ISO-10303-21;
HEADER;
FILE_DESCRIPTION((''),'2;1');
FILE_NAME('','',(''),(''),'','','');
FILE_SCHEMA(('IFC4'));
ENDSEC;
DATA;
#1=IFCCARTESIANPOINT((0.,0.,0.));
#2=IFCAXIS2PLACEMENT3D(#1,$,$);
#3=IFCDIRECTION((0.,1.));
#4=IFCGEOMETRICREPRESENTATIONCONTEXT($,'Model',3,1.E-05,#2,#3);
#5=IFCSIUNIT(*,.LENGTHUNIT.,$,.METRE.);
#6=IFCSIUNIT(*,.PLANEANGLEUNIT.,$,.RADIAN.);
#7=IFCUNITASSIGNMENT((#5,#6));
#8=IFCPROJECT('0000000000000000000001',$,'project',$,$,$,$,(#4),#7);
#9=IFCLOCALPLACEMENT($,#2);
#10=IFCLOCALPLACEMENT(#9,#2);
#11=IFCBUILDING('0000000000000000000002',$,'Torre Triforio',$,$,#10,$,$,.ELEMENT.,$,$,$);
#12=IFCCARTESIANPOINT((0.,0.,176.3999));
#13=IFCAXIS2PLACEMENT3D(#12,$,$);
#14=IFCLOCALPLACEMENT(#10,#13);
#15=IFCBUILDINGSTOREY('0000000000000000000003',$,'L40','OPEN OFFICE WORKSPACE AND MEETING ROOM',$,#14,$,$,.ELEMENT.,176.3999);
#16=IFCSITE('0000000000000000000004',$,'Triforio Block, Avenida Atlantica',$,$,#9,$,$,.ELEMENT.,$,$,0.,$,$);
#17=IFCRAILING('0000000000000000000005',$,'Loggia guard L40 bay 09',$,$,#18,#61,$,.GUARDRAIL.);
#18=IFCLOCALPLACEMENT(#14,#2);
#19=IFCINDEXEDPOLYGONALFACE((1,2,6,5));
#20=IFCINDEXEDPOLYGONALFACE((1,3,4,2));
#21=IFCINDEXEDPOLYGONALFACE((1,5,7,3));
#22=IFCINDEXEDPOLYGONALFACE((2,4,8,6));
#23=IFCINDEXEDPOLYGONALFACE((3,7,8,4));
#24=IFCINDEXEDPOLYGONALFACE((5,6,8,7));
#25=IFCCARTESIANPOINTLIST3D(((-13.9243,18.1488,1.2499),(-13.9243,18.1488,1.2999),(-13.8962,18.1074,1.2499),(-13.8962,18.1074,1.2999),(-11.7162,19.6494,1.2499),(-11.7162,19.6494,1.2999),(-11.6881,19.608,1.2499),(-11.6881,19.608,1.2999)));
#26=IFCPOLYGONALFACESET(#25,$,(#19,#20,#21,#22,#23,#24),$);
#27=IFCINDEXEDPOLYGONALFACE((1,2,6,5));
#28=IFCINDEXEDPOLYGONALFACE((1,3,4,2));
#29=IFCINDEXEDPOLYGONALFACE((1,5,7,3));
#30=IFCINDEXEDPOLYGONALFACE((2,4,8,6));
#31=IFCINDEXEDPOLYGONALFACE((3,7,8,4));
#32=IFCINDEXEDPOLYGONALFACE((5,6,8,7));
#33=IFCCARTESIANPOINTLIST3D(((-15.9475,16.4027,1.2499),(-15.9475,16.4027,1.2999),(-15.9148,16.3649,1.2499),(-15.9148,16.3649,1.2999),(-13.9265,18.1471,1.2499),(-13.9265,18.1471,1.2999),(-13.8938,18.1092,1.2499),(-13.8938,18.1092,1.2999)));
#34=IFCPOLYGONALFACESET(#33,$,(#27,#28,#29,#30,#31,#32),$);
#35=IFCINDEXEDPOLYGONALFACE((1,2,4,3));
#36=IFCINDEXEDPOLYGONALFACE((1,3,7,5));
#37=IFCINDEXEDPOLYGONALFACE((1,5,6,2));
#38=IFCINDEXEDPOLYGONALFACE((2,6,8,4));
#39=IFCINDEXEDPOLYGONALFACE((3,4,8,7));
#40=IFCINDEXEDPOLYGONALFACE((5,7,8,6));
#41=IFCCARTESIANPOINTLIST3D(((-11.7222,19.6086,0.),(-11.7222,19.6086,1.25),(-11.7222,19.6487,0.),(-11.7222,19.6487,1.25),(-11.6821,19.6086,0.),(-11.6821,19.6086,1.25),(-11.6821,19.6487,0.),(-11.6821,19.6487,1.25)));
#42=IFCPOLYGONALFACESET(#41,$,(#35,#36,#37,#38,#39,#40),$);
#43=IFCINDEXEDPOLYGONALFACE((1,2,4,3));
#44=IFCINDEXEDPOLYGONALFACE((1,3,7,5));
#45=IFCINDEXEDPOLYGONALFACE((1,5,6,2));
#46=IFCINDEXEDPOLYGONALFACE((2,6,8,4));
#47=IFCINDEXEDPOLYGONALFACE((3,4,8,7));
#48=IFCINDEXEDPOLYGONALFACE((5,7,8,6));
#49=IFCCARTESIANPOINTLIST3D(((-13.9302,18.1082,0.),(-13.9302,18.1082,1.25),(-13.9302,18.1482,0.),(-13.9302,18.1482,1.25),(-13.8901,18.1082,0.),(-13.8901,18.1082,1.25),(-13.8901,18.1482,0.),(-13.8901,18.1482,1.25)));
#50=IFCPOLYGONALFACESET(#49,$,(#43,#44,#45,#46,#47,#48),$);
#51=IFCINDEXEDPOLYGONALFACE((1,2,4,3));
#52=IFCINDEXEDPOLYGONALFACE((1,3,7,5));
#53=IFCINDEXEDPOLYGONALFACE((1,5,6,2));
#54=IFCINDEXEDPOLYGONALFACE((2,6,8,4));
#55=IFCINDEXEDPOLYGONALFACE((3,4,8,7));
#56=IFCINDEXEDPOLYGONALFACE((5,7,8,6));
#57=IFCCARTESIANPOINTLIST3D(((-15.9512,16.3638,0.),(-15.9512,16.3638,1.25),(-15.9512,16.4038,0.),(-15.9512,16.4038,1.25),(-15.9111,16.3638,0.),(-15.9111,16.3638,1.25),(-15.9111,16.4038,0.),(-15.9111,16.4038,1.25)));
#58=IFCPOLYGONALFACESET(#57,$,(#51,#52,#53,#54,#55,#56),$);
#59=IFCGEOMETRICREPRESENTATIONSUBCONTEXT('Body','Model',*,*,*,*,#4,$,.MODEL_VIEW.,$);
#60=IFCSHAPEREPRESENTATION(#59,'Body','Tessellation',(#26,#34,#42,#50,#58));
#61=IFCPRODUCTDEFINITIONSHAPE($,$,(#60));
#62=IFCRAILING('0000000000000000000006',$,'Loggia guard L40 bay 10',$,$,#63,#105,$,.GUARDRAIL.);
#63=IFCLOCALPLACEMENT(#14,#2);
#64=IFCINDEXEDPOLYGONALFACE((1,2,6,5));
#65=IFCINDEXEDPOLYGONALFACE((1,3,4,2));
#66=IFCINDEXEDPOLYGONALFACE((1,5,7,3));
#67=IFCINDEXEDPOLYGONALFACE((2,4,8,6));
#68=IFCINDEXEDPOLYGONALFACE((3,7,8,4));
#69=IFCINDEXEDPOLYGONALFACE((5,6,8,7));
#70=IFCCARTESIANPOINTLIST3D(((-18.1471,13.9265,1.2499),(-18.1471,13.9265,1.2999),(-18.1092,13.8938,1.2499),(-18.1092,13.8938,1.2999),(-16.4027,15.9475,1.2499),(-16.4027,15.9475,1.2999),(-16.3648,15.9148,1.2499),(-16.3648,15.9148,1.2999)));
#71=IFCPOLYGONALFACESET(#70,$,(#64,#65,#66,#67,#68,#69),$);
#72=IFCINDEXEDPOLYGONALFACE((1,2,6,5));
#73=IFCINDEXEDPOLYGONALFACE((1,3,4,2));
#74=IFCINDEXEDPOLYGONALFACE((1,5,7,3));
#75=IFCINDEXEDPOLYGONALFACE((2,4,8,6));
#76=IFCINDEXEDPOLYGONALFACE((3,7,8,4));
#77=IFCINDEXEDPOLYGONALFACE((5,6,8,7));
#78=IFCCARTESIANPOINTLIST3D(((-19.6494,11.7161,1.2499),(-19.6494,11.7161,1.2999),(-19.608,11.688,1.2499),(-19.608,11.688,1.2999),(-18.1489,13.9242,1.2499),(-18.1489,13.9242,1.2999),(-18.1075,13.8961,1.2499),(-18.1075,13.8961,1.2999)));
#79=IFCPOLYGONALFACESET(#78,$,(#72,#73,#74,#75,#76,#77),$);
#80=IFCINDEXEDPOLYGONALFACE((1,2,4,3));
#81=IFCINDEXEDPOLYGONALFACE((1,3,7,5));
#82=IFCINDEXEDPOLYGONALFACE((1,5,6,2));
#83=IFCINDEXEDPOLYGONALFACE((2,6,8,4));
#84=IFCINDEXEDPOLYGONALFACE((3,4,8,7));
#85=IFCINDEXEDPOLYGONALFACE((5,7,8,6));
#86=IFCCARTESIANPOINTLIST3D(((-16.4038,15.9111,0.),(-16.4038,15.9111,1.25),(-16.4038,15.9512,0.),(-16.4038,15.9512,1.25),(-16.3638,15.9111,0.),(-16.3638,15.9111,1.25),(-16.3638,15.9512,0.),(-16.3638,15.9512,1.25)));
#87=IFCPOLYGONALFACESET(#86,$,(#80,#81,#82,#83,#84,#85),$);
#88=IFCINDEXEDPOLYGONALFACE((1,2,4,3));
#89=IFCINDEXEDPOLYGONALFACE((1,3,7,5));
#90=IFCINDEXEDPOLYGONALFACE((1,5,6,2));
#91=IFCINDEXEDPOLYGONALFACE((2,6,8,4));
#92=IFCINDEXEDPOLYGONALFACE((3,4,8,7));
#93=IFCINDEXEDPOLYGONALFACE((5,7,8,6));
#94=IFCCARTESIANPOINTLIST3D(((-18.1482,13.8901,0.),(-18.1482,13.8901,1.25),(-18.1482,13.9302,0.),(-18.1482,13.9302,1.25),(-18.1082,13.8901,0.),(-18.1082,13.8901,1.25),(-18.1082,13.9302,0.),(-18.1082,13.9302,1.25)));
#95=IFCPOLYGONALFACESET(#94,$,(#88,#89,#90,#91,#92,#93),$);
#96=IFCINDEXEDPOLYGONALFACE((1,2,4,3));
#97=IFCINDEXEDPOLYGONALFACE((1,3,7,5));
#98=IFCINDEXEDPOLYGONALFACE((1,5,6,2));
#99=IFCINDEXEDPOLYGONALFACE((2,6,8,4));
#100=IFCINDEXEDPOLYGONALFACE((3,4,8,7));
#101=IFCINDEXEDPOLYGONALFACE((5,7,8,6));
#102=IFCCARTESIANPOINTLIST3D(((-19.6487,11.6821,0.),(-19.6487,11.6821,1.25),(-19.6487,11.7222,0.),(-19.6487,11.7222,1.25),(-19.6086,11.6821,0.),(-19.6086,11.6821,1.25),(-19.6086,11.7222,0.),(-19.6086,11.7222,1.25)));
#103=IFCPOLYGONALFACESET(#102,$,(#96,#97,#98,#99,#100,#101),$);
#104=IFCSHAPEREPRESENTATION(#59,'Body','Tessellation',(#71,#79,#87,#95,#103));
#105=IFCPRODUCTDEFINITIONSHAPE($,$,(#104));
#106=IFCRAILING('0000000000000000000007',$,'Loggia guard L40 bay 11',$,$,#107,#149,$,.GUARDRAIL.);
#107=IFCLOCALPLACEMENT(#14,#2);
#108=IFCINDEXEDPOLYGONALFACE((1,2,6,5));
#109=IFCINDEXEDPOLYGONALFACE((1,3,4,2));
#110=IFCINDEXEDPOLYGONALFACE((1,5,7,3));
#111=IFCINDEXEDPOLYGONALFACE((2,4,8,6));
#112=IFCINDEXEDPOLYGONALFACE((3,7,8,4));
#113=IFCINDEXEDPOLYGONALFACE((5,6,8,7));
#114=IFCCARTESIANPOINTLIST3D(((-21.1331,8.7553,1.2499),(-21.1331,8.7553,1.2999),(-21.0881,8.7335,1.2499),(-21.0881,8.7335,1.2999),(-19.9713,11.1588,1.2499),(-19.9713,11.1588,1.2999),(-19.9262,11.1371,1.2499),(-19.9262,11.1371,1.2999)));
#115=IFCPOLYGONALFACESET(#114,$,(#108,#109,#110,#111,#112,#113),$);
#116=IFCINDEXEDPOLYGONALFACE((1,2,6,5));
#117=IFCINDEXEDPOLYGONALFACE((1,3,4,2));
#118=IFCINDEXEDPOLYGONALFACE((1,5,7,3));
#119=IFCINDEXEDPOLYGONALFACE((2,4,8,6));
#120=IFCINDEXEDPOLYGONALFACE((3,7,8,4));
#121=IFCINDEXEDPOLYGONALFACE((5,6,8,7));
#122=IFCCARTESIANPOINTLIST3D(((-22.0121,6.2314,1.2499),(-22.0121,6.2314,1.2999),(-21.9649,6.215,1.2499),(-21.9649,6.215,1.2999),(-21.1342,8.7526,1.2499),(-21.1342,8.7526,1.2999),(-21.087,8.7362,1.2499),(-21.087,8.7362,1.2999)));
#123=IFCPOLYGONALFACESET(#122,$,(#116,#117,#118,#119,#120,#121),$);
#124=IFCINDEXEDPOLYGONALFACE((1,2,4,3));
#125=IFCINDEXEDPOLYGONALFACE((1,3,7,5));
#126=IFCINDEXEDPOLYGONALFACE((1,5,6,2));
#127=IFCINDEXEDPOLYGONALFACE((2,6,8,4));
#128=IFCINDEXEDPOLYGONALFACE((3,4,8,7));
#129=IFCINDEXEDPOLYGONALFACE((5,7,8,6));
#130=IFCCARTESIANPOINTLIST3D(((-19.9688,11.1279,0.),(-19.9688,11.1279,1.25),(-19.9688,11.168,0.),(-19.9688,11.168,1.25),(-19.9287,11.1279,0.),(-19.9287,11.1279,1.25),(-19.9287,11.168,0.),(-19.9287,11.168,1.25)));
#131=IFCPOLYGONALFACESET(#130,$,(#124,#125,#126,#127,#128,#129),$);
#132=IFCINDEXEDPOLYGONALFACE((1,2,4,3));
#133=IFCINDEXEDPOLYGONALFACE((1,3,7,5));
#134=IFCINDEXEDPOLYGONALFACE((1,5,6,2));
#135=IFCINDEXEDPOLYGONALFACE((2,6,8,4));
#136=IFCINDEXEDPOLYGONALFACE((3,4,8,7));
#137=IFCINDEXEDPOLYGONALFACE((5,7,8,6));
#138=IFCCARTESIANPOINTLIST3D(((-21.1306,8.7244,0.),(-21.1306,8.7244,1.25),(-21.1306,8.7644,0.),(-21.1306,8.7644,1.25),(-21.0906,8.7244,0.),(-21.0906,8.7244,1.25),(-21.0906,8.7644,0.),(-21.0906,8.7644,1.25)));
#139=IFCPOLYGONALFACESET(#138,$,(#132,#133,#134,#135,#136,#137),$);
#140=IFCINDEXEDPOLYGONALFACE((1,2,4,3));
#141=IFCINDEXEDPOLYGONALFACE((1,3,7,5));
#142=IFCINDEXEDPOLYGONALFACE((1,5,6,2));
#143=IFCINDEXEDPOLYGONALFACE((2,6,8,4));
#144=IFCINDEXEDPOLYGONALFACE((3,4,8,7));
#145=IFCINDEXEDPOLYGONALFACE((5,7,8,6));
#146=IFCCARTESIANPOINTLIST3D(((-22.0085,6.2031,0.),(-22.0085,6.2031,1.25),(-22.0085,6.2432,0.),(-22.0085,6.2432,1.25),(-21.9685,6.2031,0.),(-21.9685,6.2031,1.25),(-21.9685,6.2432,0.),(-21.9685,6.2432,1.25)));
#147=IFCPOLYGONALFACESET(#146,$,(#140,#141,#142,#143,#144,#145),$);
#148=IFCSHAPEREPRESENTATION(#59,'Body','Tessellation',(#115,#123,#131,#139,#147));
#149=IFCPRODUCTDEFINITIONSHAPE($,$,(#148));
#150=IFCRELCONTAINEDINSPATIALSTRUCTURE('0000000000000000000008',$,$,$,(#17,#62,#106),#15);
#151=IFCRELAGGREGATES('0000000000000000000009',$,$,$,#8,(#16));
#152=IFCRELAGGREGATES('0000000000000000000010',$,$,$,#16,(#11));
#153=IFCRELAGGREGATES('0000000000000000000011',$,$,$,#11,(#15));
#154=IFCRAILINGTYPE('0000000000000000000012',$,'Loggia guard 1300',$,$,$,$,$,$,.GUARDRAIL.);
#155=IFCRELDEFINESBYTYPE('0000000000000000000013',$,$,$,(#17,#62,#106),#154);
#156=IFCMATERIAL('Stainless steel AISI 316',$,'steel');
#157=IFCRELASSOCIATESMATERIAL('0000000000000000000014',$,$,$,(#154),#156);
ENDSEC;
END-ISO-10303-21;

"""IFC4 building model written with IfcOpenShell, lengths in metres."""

from ifc_helpers import new_model, si_unit, direction, frame, origin, origin_2d, place, context, subcontext, project, spatial, rectangle, extrude, material, type_object, element, save


model = new_model("IFC4")

# Units and contexts
model_context = context("Model", 3, precision=1e-05, world=origin(), true_north=direction((0.0, 1.0)))
body_context = subcontext(model_context, "Body", "Model", "MODEL_VIEW")
ifc_project = project(units=[si_unit("LENGTHUNIT", "METRE"), si_unit("PLANEANGLEUNIT", "RADIAN")], contexts=[model_context])

# Site, building, storey
site_placement = place(None, origin())
site = spatial("IfcSite", under=ifc_project, at=site_placement, Name="Triforio Block, Avenida Atlantica", CompositionType="ELEMENT", RefElevation=0.0)
building_placement = place(site_placement, origin())
building = spatial("IfcBuilding", under=site, at=building_placement, Name="Torre Triforio", CompositionType="ELEMENT")
storey_placement = place(building_placement, frame((0.0, 0.0, 176.3999)))
storey = spatial("IfcBuildingStorey", under=building, at=storey_placement, Name="L40", Description="OPEN OFFICE WORKSPACE AND MEETING ROOM", CompositionType="ELEMENT", Elevation=176.3999)

# Railings
ifc_material_1 = material(Name="Stainless steel AISI 316", Category="steel")
railing_type = type_object("IfcRailingType", Name="Loggia guard 1300", PredefinedType="GUARDRAIL", material=ifc_material_1)
railing_1_placement = place(storey_placement, frame((-11.7021, 19.6287, 0.0)))
element("IfcRailing", 1, at=railing_1_placement, inside=storey, type_object=railing_type, Name="Loggia guard L40 bay 09", PredefinedType="GUARDRAIL", context=body_context, shape_type="SweptSolid", body=[
    extrude(rectangle(XDim=0.05, YDim=0.05, at=origin_2d()), frame((0.0, 0.0, 1.2749), z_axis=(-0.827093, -0.562065, 0.0), x_axis=(0.562065, -0.827093, 0.0)), (0.0, 0.0, 1.0), 2.6697),
    extrude(rectangle(XDim=0.05, YDim=0.05, at=origin_2d()), frame((-2.208, -1.5005, 1.2749), z_axis=(-0.757012, -0.653401, 0.0), x_axis=(0.653401, -0.757012, 0.0)), (0.0, 0.0, 1.0), 2.6697),
    extrude(rectangle(XDim=0.04, YDim=0.04, at=origin_2d()), origin(), (0.0, 0.0, 1.0), 1.25),
    extrude(rectangle(XDim=0.04, YDim=0.04, at=origin_2d()), frame((-2.208, -1.5005, 0.0)), (0.0, 0.0, 1.0), 1.25),
    extrude(rectangle(XDim=0.04, YDim=0.04, at=origin_2d()), frame((-4.229, -3.2449, 0.0)), (0.0, 0.0, 1.0), 1.25),
])
railing_2_placement = place(storey_placement, frame((-16.3838, 15.9312, 0.0)))
element("IfcRailing", 2, at=railing_2_placement, inside=storey, type_object=railing_type, Name="Loggia guard L40 bay 10", PredefinedType="GUARDRAIL", context=body_context, shape_type="SweptSolid", body=[
    extrude(rectangle(XDim=0.05, YDim=0.05, at=origin_2d()), frame((0.0, 0.0, 1.2749), z_axis=(-0.653401, -0.757012, 0.0), x_axis=(0.757012, -0.653401, 0.0)), (0.0, 0.0, 1.0), 2.6697),
    extrude(rectangle(XDim=0.05, YDim=0.05, at=origin_2d()), frame((-1.7444, -2.021, 1.2749), z_axis=(-0.562065, -0.827093, 0.0), x_axis=(0.827093, -0.562065, 0.0)), (0.0, 0.0, 1.0), 2.6697),
    extrude(rectangle(XDim=0.04, YDim=0.04, at=origin_2d()), origin(), (0.0, 0.0, 1.0), 1.25),
    extrude(rectangle(XDim=0.04, YDim=0.04, at=origin_2d()), frame((-1.7444, -2.021, 0.0)), (0.0, 0.0, 1.0), 1.25),
    extrude(rectangle(XDim=0.04, YDim=0.04, at=origin_2d()), frame((-3.2449, -4.229, 0.0)), (0.0, 0.0, 1.0), 1.25),
])
railing_3_placement = place(storey_placement, frame((-19.9487, 11.1479, 0.0)))
element("IfcRailing", 3, at=railing_3_placement, inside=storey, type_object=railing_type, Name="Loggia guard L40 bay 11", PredefinedType="GUARDRAIL", context=body_context, shape_type="SweptSolid", body=[
    extrude(rectangle(XDim=0.05, YDim=0.05, at=origin_2d()), frame((0.0, 0.0, 1.2749), z_axis=(-0.435212, -0.900328, 0.0), x_axis=(0.900328, -0.435212, 0.0)), (0.0, 0.0, 1.0), 2.6697),
    extrude(rectangle(XDim=0.05, YDim=0.05, at=origin_2d()), frame((-1.1619, -2.4036, 1.2749), z_axis=(-0.328847, -0.944383, 0.0), x_axis=(0.944383, -0.328847, 0.0)), (0.0, 0.0, 1.0), 2.6697),
    extrude(rectangle(XDim=0.04, YDim=0.04, at=origin_2d()), origin(), (0.0, 0.0, 1.0), 1.25),
    extrude(rectangle(XDim=0.04, YDim=0.04, at=origin_2d()), frame((-1.1619, -2.4036, 0.0)), (0.0, 0.0, 1.0), 1.25),
    extrude(rectangle(XDim=0.04, YDim=0.04, at=origin_2d()), frame((-2.0398, -4.9248, 0.0)), (0.0, 0.0, 1.0), 1.25),
])

save(model, "model.ifc")
